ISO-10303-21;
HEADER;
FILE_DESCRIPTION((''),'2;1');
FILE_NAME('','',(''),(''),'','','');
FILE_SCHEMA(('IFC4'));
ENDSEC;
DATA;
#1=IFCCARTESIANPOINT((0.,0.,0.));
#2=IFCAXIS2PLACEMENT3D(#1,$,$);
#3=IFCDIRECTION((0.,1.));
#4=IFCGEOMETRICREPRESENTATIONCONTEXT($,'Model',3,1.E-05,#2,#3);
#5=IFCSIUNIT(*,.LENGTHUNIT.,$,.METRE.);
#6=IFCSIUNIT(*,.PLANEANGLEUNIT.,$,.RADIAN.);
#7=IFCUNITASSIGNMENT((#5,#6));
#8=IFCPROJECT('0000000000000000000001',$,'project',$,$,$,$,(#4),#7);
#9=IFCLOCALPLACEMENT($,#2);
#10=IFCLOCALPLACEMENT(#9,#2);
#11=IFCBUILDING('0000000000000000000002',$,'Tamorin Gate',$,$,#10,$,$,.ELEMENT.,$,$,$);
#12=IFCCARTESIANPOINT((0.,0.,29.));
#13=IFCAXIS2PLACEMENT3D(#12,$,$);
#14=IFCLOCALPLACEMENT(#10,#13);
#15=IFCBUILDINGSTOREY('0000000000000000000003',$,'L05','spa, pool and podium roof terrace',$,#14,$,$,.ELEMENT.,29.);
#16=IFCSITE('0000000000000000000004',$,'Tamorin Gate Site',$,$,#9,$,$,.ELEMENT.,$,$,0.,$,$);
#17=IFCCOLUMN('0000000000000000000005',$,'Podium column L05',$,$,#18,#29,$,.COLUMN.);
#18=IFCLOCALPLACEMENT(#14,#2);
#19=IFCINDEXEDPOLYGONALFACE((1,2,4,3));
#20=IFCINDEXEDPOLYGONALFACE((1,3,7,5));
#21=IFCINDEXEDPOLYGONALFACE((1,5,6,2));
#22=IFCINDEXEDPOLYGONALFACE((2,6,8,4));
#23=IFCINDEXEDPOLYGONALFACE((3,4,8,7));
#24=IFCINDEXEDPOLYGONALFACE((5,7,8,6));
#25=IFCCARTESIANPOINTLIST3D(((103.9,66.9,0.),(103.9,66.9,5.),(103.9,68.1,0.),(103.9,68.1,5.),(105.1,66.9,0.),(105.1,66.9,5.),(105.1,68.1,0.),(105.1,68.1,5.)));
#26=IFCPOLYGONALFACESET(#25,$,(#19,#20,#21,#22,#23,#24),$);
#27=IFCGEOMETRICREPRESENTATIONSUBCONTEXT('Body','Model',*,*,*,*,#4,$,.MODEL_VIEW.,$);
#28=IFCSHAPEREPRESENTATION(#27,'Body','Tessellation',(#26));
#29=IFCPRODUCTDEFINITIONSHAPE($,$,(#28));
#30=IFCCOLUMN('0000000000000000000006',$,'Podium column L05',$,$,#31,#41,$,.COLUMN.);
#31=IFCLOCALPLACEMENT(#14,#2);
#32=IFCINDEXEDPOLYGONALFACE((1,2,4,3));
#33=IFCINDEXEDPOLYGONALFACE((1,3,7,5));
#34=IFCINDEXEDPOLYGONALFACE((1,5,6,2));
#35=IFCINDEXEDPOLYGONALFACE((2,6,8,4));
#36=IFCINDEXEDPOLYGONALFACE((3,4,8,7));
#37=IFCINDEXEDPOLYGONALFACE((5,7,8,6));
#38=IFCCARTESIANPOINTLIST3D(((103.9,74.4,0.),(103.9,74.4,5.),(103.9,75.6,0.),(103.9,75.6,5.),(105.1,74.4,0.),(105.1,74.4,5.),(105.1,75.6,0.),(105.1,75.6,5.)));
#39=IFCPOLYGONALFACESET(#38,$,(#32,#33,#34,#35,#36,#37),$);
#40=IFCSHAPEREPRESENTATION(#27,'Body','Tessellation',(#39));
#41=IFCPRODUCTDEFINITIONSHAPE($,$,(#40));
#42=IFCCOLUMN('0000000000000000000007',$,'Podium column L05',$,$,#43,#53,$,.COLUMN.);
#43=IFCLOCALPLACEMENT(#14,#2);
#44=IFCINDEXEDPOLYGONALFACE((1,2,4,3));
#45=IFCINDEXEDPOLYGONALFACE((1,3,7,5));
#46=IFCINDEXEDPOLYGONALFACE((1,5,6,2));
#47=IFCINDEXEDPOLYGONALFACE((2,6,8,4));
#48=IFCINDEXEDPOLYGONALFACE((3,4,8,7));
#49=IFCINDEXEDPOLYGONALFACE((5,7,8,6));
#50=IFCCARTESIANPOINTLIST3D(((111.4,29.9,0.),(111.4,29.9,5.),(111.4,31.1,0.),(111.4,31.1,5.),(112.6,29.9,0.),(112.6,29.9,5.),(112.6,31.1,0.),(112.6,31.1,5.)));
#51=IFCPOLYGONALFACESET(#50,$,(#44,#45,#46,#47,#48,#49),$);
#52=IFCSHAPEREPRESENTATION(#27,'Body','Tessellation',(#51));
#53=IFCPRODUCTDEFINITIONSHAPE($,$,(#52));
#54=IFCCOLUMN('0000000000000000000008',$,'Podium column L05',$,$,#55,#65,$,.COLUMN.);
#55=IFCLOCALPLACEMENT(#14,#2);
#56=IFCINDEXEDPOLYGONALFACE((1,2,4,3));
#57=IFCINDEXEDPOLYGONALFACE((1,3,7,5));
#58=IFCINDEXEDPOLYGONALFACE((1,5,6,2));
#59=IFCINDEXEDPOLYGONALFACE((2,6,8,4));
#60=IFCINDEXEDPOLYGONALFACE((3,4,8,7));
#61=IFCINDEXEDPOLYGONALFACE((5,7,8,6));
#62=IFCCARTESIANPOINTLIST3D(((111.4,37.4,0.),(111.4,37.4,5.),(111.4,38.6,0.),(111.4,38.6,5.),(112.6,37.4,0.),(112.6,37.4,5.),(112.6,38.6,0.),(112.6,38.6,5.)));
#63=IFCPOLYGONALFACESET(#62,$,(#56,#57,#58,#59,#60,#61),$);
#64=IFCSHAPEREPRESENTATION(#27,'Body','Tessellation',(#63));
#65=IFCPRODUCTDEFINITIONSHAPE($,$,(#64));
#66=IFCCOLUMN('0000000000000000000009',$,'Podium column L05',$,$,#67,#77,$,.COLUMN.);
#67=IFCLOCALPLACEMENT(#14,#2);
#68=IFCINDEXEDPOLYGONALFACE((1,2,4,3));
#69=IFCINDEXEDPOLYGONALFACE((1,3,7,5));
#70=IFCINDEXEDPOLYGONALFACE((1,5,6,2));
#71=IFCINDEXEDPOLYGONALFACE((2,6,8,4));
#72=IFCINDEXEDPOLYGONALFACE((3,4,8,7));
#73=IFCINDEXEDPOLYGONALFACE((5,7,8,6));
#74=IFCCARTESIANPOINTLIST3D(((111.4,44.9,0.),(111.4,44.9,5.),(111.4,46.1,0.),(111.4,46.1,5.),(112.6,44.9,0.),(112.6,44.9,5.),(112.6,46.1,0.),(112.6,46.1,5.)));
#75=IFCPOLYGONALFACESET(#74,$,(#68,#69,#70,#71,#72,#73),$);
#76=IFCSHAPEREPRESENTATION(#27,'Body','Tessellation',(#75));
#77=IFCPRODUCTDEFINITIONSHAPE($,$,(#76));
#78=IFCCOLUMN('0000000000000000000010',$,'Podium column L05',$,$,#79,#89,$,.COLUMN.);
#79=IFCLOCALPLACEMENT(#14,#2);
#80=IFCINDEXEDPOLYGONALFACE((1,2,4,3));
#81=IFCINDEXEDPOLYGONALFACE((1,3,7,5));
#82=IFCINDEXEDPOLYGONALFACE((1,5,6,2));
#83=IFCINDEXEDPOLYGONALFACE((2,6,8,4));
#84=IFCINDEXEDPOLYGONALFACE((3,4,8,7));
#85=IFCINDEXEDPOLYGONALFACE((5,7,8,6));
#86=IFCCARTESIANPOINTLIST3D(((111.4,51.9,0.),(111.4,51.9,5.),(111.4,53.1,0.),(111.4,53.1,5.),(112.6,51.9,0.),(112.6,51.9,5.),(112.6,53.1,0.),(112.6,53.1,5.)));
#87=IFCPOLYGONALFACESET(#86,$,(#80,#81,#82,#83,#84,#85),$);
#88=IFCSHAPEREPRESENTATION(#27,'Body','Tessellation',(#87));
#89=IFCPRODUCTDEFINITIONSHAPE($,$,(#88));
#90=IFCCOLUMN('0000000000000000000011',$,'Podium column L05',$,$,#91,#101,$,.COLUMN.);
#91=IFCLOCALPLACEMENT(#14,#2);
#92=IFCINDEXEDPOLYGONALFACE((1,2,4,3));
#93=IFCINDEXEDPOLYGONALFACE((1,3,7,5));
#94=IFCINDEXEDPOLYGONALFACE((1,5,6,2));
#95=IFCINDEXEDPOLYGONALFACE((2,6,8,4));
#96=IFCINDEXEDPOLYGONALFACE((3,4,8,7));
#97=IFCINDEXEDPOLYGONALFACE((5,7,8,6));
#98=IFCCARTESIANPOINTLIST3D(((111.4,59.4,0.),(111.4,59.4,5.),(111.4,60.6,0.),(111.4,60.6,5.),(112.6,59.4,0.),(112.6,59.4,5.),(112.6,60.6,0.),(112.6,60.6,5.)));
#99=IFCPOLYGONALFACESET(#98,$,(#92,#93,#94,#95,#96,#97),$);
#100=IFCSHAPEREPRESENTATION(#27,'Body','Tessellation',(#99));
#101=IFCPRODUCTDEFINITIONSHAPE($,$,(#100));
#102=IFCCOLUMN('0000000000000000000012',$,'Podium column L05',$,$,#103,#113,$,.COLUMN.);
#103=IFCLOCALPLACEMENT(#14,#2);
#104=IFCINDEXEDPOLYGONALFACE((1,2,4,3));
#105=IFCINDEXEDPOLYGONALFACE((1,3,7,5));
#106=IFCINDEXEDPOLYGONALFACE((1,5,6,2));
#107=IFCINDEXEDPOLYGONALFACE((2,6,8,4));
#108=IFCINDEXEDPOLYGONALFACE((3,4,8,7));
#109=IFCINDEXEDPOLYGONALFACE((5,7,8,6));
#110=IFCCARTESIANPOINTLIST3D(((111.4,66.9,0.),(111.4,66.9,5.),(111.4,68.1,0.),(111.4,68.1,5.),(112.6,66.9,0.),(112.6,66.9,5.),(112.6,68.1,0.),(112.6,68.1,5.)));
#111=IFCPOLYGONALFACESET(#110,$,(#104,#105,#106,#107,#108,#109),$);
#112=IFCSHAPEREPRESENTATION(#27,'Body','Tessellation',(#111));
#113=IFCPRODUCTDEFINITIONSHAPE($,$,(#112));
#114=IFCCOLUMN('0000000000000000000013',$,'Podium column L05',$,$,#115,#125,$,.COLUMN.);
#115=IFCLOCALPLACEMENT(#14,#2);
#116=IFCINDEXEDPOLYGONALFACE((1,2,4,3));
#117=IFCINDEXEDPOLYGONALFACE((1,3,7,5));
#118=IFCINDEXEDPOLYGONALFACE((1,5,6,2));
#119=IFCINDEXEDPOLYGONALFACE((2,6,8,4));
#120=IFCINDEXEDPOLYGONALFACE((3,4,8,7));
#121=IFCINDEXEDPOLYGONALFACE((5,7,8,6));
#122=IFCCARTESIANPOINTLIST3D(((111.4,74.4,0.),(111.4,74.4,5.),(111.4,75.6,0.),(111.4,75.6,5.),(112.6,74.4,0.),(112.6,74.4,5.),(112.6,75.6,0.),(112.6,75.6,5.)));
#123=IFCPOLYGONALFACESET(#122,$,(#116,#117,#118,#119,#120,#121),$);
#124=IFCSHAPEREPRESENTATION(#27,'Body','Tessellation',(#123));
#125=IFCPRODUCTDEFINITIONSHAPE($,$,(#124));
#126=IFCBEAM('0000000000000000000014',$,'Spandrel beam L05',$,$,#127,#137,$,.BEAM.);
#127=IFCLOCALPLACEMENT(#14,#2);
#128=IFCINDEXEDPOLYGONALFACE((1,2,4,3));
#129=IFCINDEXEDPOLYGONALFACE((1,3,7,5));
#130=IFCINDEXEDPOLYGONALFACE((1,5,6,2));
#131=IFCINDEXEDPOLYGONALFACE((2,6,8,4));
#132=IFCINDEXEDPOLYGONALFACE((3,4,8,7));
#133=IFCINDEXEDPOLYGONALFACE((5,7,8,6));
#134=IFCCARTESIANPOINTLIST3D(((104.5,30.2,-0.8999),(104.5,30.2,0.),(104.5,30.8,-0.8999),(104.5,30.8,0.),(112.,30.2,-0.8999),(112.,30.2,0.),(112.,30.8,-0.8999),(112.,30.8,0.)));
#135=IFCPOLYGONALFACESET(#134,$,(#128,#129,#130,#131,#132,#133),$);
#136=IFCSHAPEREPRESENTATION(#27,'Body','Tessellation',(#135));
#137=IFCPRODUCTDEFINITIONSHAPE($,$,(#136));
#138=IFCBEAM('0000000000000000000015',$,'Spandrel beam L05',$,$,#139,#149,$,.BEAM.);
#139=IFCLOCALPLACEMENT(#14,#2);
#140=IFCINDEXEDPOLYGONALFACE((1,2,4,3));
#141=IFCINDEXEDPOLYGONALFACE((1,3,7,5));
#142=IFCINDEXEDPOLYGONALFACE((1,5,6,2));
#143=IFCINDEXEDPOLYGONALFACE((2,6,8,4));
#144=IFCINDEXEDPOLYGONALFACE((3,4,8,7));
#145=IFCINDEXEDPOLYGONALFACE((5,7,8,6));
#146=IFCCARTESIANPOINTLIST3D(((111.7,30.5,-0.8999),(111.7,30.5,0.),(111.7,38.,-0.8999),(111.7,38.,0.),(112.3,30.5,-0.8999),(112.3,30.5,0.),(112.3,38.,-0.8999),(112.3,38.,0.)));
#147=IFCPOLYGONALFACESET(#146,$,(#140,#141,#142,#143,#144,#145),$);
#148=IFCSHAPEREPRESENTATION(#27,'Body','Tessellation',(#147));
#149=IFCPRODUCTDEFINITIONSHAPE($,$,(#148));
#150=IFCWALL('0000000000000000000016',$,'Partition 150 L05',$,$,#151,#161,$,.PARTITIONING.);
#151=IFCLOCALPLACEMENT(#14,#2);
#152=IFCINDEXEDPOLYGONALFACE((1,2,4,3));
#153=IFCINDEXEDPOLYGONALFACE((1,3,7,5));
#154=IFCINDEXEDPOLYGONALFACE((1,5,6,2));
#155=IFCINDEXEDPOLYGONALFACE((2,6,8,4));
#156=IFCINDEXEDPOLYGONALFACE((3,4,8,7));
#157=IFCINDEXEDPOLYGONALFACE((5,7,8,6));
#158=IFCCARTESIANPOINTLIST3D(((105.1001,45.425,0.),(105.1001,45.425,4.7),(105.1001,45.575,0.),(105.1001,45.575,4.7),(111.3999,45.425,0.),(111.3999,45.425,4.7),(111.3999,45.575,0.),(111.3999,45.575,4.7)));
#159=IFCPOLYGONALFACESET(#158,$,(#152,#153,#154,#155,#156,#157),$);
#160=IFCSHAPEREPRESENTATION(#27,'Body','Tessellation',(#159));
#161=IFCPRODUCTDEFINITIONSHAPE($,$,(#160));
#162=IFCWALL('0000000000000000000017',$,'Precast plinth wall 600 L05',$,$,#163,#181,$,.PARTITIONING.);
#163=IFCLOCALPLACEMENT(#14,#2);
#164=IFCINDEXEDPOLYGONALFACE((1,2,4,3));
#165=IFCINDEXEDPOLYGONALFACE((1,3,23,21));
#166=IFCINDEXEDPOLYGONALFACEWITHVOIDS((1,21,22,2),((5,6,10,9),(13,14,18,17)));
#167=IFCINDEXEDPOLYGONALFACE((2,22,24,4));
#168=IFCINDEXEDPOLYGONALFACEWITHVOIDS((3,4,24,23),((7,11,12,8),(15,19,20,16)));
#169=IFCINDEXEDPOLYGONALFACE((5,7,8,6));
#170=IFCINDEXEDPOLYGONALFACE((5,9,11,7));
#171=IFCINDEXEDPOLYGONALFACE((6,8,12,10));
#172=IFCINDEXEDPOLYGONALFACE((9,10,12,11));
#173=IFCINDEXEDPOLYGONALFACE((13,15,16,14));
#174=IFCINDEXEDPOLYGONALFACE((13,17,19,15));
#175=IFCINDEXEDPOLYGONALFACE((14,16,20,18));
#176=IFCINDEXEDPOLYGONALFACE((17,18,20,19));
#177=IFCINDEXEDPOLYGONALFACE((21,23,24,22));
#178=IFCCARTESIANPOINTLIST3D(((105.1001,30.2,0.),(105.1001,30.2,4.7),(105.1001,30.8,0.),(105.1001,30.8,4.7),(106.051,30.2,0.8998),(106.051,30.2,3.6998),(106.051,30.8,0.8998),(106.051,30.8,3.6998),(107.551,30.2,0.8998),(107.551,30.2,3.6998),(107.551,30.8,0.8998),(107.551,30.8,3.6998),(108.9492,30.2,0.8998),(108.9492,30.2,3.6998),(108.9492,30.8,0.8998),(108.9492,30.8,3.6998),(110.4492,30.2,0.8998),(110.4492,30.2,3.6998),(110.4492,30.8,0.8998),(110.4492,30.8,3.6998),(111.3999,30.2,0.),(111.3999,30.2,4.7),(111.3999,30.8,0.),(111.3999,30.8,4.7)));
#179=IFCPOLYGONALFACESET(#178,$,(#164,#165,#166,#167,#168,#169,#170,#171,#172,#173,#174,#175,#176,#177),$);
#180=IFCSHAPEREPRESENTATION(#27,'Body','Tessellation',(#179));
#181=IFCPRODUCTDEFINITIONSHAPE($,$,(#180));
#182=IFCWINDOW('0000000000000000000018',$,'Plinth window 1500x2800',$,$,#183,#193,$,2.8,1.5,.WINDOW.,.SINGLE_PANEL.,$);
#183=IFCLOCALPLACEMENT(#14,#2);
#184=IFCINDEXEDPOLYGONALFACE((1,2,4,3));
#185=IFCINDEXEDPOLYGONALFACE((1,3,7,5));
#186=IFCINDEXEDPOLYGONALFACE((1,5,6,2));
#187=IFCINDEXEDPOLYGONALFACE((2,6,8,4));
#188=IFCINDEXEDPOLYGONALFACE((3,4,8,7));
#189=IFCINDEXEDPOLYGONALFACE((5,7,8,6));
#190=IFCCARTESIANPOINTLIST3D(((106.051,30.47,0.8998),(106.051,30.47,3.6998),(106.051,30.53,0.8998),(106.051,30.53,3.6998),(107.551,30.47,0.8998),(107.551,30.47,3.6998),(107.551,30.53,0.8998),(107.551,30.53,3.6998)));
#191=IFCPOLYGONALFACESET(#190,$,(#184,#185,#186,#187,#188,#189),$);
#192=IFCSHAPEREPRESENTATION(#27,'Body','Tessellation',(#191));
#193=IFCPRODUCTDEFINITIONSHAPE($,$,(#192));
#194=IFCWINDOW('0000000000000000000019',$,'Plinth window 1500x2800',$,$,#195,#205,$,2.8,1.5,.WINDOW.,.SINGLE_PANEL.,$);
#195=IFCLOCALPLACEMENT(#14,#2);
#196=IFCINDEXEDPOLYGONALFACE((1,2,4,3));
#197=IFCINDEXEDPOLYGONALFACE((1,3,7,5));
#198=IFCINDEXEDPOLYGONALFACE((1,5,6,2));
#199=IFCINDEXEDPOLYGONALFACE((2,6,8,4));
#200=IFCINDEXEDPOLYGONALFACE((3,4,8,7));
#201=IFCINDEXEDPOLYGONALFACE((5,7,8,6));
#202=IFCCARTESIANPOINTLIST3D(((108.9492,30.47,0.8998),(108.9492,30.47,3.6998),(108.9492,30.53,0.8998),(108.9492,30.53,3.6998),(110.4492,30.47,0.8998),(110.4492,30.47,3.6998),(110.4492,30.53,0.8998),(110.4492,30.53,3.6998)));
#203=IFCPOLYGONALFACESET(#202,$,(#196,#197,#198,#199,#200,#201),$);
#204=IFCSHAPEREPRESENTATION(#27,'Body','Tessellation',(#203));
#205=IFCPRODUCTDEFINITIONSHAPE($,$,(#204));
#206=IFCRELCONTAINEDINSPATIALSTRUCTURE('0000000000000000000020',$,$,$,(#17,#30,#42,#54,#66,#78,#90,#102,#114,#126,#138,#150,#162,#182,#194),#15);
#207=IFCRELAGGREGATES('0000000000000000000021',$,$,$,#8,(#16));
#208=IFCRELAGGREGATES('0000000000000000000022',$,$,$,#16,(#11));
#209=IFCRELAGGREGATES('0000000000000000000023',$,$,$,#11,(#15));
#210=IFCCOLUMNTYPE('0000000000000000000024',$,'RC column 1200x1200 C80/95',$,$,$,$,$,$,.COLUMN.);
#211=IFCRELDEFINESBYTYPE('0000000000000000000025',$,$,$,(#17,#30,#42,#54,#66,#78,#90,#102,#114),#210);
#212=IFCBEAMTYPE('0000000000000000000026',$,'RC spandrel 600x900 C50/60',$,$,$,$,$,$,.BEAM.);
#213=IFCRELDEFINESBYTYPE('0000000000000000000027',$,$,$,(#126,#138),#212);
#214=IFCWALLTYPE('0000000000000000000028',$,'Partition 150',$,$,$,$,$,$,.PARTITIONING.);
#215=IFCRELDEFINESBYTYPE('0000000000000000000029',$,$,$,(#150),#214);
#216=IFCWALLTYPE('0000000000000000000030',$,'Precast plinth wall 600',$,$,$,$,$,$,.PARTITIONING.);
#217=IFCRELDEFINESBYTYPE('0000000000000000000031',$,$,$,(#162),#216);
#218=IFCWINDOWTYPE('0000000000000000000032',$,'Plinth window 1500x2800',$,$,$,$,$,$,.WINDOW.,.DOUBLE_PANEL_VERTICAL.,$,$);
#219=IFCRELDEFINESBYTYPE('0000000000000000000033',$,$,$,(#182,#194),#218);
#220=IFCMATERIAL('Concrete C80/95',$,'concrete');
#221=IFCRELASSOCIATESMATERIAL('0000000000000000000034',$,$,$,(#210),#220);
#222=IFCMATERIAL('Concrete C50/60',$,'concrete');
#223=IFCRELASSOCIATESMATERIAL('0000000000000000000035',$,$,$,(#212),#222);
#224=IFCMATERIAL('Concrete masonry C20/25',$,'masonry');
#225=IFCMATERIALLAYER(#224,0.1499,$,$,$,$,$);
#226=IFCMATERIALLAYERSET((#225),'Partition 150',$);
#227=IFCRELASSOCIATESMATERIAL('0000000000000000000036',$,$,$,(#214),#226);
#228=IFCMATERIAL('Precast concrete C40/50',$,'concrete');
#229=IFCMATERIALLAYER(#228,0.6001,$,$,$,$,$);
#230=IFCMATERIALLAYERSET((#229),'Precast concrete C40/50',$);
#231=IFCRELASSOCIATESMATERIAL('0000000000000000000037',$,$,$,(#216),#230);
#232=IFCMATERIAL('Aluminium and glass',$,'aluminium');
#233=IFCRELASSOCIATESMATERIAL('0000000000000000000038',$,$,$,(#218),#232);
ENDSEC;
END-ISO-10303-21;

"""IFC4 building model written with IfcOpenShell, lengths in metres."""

from ifc_helpers import new_model, si_unit, direction, frame, frame_2d, origin, origin_2d, place, context, subcontext, project, spatial, rectangle, extrude, material, layer, layer_set, material_profile, profile_set, type_object, element, fill, save


model = new_model("IFC4")

# Units and contexts
model_context = context("Model", 3, precision=1e-05, world=origin(), true_north=direction((0.0, 1.0)))
body_context = subcontext(model_context, "Body", "Model", "MODEL_VIEW")
ifc_project = project(units=[si_unit("LENGTHUNIT", "METRE"), si_unit("PLANEANGLEUNIT", "RADIAN")], contexts=[model_context])

# Site, building, storey
site_placement = place(None, origin())
site = spatial("IfcSite", under=ifc_project, at=site_placement, Name="Tamorin Gate Site", CompositionType="ELEMENT", RefElevation=0.0)
building_placement = place(site_placement, origin())
building = spatial("IfcBuilding", under=site, at=building_placement, Name="Tamorin Gate", CompositionType="ELEMENT")
storey_placement = place(building_placement, frame((0.0, 0.0, 29.0)))
storey = spatial("IfcBuildingStorey", under=building, at=storey_placement, Name="L05", Description="spa, pool and podium roof terrace", CompositionType="ELEMENT", Elevation=29.0)

# Columns
ifc_material_1 = material(Name="Concrete C80/95", Category="concrete")
ifc_material_profile_1 = material_profile(ifc_material_1, rectangle(XDim=1.2, YDim=1.2, at=origin_2d()), Name="RC 1200x1200")
ifc_profile_set_1 = profile_set([ifc_material_profile_1], Name="Concrete C80/95")
column_type = type_object("IfcColumnType", Name="RC column 1200x1200 C80/95", PredefinedType="COLUMN", material=ifc_profile_set_1)
for number, where, z_axis, x_axis, name in (
    (1, (104.5, 67.5, 0.0), (0.0, 0.0, 1.0), (1.0, 0.0, 0.0), "Podium column L05"),
    (2, (104.5, 75.0, 0.0), (0.0, 0.0, 1.0), (1.0, 0.0, 0.0), "Podium column L05"),
    (3, (112.0, 30.5, 0.0), (0.0, 0.0, 1.0), (1.0, 0.0, 0.0), "Podium column L05"),
    (4, (112.0, 38.0, 0.0), (0.0, 0.0, 1.0), (1.0, 0.0, 0.0), "Podium column L05"),
    (5, (112.0, 45.5, 0.0), (0.0, 0.0, 1.0), (1.0, 0.0, 0.0), "Podium column L05"),
    (6, (112.0, 52.5, 0.0), (0.0, 0.0, 1.0), (1.0, 0.0, 0.0), "Podium column L05"),
    (7, (112.0, 60.0, 0.0), (0.0, 0.0, 1.0), (1.0, 0.0, 0.0), "Podium column L05"),
    (8, (112.0, 67.5, 0.0), (0.0, 0.0, 1.0), (1.0, 0.0, 0.0), "Podium column L05"),
    (9, (112.0, 75.0, 0.0), (0.0, 0.0, 1.0), (1.0, 0.0, 0.0), "Podium column L05"),
):
    element("IfcColumn", number, at=place(storey_placement, frame(where, z_axis=z_axis, x_axis=x_axis)), inside=storey, type_object=column_type, Name=name, PredefinedType="COLUMN", context=body_context, shape_type="SweptSolid", body=[
        extrude(rectangle(XDim=1.2, YDim=1.2, at=origin_2d()), origin(), (0.0, 0.0, 1.0), 5.0),
    ])

# Beams
ifc_material_2 = material(Name="Concrete C50/60", Category="concrete")
ifc_material_profile_2 = material_profile(ifc_material_2, rectangle(XDim=0.6001, YDim=0.8999, at=origin_2d()), Name="RC 600x900")
ifc_profile_set_2 = profile_set([ifc_material_profile_2], Name="Concrete C50/60")
beam_type = type_object("IfcBeamType", Name="RC spandrel 600x900 C50/60", PredefinedType="BEAM", material=ifc_profile_set_2)
for number, where, z_axis, x_axis, name in (
    (10, (104.5, 30.5, -0.45), (1.0, 0.0, 0.0), (0.0, 1.0, 0.0), "Spandrel beam L05"),
    (11, (112.0, 30.5, -0.45), (0.0, 1.0, 0.0), (-1.0, 0.0, 0.0), "Spandrel beam L05"),
):
    element("IfcBeam", number, at=place(storey_placement, frame(where, z_axis=z_axis, x_axis=x_axis)), inside=storey, type_object=beam_type, Name=name, PredefinedType="BEAM", context=body_context, shape_type="SweptSolid", body=[
        extrude(rectangle(XDim=0.6001, YDim=0.8999, at=origin_2d()), origin(), (0.0, 0.0, 1.0), 7.5),
    ])

# Wall
ifc_material_3 = material(Name="Concrete masonry C20/25", Category="masonry")
ifc_layer_1 = layer(ifc_material_3, 0.1499)
ifc_layer_set_1 = layer_set([ifc_layer_1], Name="Partition 150")
wall_type_1 = type_object("IfcWallType", Name="Partition 150", PredefinedType="PARTITIONING", material=ifc_layer_set_1)
wall_1_placement = place(storey_placement, frame((105.1001, 45.5, 0.0), z_axis=(0.0, 0.0, 1.0), x_axis=(1.0, 0.0, 0.0)))
element("IfcWall", 12, at=wall_1_placement, inside=storey, type_object=wall_type_1, Name="Partition 150 L05", PredefinedType="PARTITIONING", context=body_context, shape_type="SweptSolid", body=[
    extrude(rectangle(XDim=6.2998, YDim=0.1499, at=frame_2d((3.1499, 0.0))), origin(), (0.0, 0.0, 1.0), 4.7),
])

# Wall, openings, windows
ifc_material_4 = material(Name="Precast concrete C40/50", Category="concrete")
ifc_layer_2 = layer(ifc_material_4, 0.6001)
ifc_layer_set_2 = layer_set([ifc_layer_2], Name="Precast concrete C40/50")
wall_type_2 = type_object("IfcWallType", Name="Precast plinth wall 600", PredefinedType="PARTITIONING", material=ifc_layer_set_2)
wall_2_placement = place(storey_placement, frame((105.1001, 30.5, 0.0), z_axis=(0.0, 0.0, 1.0), x_axis=(1.0, 0.0, 0.0)))
wall_2 = element("IfcWall", 13, at=wall_2_placement, inside=storey, type_object=wall_type_2, Name="Precast plinth wall 600 L05", PredefinedType="PARTITIONING", context=body_context, shape_type="SweptSolid", body=[
    extrude(rectangle(XDim=6.2998, YDim=0.6001, at=frame_2d((3.1499, 0.0))), origin(), (0.0, 0.0, 1.0), 4.7),
])
opening_1_placement = place(wall_2_placement, frame((0.9509, 0.0, 0.8999)))
opening_1 = element("IfcOpeningElement", 14, at=opening_1_placement, cuts=wall_2, PredefinedType="OPENING", context=body_context, shape_type="SweptSolid", body=[
    extrude(rectangle(XDim=1.5, YDim=2.8, at=frame_2d((0.75, 1.3999))), frame((0.0, 0.3101, 0.0), z_axis=(0.0, -1.0, 0.0), x_axis=(1.0, 0.0, 0.0)), (0.0, 0.0, 1.0), 0.6201),
])
opening_2_placement = place(wall_2_placement, frame((3.8491, 0.0, 0.8999)))
opening_2 = element("IfcOpeningElement", 15, at=opening_2_placement, cuts=wall_2, PredefinedType="OPENING", context=body_context, shape_type="SweptSolid", body=[
    extrude(rectangle(XDim=1.5, YDim=2.8, at=frame_2d((0.75, 1.3999))), frame((0.0, 0.3101, 0.0), z_axis=(0.0, -1.0, 0.0), x_axis=(1.0, 0.0, 0.0)), (0.0, 0.0, 1.0), 0.6201),
])
ifc_material_5 = material(Name="Aluminium and glass", Category="aluminium")
window_type = type_object("IfcWindowType", Name="Plinth window 1500x2800", PartitioningType="DOUBLE_PANEL_VERTICAL", PredefinedType="WINDOW", material=ifc_material_5)
window_1_placement = place(opening_1_placement, origin())
window_1 = element("IfcWindow", 16, at=window_1_placement, inside=storey, type_object=window_type, Name="Plinth window 1500x2800", OverallHeight=2.8, OverallWidth=1.5, PartitioningType="SINGLE_PANEL", PredefinedType="WINDOW", context=body_context, shape_type="SweptSolid", body=[
    extrude(rectangle(XDim=1.5, YDim=2.8, at=frame_2d((0.75, 1.3999))), frame((0.0, 0.03, 0.0), z_axis=(0.0, -1.0, 0.0), x_axis=(1.0, 0.0, 0.0)), (0.0, 0.0, 1.0), 0.0601),
])
fill(opening_1, window_1)
window_2_placement = place(opening_2_placement, origin())
window_2 = element("IfcWindow", 17, at=window_2_placement, inside=storey, type_object=window_type, Name="Plinth window 1500x2800", OverallHeight=2.8, OverallWidth=1.5, PartitioningType="SINGLE_PANEL", PredefinedType="WINDOW", context=body_context, shape_type="SweptSolid", body=[
    extrude(rectangle(XDim=1.5, YDim=2.8, at=frame_2d((0.75, 1.3999))), frame((0.0, 0.03, 0.0), z_axis=(0.0, -1.0, 0.0), x_axis=(1.0, 0.0, 0.0)), (0.0, 0.0, 1.0), 0.0601),
])
fill(opening_2, window_2)

save(model, "model.ifc")
